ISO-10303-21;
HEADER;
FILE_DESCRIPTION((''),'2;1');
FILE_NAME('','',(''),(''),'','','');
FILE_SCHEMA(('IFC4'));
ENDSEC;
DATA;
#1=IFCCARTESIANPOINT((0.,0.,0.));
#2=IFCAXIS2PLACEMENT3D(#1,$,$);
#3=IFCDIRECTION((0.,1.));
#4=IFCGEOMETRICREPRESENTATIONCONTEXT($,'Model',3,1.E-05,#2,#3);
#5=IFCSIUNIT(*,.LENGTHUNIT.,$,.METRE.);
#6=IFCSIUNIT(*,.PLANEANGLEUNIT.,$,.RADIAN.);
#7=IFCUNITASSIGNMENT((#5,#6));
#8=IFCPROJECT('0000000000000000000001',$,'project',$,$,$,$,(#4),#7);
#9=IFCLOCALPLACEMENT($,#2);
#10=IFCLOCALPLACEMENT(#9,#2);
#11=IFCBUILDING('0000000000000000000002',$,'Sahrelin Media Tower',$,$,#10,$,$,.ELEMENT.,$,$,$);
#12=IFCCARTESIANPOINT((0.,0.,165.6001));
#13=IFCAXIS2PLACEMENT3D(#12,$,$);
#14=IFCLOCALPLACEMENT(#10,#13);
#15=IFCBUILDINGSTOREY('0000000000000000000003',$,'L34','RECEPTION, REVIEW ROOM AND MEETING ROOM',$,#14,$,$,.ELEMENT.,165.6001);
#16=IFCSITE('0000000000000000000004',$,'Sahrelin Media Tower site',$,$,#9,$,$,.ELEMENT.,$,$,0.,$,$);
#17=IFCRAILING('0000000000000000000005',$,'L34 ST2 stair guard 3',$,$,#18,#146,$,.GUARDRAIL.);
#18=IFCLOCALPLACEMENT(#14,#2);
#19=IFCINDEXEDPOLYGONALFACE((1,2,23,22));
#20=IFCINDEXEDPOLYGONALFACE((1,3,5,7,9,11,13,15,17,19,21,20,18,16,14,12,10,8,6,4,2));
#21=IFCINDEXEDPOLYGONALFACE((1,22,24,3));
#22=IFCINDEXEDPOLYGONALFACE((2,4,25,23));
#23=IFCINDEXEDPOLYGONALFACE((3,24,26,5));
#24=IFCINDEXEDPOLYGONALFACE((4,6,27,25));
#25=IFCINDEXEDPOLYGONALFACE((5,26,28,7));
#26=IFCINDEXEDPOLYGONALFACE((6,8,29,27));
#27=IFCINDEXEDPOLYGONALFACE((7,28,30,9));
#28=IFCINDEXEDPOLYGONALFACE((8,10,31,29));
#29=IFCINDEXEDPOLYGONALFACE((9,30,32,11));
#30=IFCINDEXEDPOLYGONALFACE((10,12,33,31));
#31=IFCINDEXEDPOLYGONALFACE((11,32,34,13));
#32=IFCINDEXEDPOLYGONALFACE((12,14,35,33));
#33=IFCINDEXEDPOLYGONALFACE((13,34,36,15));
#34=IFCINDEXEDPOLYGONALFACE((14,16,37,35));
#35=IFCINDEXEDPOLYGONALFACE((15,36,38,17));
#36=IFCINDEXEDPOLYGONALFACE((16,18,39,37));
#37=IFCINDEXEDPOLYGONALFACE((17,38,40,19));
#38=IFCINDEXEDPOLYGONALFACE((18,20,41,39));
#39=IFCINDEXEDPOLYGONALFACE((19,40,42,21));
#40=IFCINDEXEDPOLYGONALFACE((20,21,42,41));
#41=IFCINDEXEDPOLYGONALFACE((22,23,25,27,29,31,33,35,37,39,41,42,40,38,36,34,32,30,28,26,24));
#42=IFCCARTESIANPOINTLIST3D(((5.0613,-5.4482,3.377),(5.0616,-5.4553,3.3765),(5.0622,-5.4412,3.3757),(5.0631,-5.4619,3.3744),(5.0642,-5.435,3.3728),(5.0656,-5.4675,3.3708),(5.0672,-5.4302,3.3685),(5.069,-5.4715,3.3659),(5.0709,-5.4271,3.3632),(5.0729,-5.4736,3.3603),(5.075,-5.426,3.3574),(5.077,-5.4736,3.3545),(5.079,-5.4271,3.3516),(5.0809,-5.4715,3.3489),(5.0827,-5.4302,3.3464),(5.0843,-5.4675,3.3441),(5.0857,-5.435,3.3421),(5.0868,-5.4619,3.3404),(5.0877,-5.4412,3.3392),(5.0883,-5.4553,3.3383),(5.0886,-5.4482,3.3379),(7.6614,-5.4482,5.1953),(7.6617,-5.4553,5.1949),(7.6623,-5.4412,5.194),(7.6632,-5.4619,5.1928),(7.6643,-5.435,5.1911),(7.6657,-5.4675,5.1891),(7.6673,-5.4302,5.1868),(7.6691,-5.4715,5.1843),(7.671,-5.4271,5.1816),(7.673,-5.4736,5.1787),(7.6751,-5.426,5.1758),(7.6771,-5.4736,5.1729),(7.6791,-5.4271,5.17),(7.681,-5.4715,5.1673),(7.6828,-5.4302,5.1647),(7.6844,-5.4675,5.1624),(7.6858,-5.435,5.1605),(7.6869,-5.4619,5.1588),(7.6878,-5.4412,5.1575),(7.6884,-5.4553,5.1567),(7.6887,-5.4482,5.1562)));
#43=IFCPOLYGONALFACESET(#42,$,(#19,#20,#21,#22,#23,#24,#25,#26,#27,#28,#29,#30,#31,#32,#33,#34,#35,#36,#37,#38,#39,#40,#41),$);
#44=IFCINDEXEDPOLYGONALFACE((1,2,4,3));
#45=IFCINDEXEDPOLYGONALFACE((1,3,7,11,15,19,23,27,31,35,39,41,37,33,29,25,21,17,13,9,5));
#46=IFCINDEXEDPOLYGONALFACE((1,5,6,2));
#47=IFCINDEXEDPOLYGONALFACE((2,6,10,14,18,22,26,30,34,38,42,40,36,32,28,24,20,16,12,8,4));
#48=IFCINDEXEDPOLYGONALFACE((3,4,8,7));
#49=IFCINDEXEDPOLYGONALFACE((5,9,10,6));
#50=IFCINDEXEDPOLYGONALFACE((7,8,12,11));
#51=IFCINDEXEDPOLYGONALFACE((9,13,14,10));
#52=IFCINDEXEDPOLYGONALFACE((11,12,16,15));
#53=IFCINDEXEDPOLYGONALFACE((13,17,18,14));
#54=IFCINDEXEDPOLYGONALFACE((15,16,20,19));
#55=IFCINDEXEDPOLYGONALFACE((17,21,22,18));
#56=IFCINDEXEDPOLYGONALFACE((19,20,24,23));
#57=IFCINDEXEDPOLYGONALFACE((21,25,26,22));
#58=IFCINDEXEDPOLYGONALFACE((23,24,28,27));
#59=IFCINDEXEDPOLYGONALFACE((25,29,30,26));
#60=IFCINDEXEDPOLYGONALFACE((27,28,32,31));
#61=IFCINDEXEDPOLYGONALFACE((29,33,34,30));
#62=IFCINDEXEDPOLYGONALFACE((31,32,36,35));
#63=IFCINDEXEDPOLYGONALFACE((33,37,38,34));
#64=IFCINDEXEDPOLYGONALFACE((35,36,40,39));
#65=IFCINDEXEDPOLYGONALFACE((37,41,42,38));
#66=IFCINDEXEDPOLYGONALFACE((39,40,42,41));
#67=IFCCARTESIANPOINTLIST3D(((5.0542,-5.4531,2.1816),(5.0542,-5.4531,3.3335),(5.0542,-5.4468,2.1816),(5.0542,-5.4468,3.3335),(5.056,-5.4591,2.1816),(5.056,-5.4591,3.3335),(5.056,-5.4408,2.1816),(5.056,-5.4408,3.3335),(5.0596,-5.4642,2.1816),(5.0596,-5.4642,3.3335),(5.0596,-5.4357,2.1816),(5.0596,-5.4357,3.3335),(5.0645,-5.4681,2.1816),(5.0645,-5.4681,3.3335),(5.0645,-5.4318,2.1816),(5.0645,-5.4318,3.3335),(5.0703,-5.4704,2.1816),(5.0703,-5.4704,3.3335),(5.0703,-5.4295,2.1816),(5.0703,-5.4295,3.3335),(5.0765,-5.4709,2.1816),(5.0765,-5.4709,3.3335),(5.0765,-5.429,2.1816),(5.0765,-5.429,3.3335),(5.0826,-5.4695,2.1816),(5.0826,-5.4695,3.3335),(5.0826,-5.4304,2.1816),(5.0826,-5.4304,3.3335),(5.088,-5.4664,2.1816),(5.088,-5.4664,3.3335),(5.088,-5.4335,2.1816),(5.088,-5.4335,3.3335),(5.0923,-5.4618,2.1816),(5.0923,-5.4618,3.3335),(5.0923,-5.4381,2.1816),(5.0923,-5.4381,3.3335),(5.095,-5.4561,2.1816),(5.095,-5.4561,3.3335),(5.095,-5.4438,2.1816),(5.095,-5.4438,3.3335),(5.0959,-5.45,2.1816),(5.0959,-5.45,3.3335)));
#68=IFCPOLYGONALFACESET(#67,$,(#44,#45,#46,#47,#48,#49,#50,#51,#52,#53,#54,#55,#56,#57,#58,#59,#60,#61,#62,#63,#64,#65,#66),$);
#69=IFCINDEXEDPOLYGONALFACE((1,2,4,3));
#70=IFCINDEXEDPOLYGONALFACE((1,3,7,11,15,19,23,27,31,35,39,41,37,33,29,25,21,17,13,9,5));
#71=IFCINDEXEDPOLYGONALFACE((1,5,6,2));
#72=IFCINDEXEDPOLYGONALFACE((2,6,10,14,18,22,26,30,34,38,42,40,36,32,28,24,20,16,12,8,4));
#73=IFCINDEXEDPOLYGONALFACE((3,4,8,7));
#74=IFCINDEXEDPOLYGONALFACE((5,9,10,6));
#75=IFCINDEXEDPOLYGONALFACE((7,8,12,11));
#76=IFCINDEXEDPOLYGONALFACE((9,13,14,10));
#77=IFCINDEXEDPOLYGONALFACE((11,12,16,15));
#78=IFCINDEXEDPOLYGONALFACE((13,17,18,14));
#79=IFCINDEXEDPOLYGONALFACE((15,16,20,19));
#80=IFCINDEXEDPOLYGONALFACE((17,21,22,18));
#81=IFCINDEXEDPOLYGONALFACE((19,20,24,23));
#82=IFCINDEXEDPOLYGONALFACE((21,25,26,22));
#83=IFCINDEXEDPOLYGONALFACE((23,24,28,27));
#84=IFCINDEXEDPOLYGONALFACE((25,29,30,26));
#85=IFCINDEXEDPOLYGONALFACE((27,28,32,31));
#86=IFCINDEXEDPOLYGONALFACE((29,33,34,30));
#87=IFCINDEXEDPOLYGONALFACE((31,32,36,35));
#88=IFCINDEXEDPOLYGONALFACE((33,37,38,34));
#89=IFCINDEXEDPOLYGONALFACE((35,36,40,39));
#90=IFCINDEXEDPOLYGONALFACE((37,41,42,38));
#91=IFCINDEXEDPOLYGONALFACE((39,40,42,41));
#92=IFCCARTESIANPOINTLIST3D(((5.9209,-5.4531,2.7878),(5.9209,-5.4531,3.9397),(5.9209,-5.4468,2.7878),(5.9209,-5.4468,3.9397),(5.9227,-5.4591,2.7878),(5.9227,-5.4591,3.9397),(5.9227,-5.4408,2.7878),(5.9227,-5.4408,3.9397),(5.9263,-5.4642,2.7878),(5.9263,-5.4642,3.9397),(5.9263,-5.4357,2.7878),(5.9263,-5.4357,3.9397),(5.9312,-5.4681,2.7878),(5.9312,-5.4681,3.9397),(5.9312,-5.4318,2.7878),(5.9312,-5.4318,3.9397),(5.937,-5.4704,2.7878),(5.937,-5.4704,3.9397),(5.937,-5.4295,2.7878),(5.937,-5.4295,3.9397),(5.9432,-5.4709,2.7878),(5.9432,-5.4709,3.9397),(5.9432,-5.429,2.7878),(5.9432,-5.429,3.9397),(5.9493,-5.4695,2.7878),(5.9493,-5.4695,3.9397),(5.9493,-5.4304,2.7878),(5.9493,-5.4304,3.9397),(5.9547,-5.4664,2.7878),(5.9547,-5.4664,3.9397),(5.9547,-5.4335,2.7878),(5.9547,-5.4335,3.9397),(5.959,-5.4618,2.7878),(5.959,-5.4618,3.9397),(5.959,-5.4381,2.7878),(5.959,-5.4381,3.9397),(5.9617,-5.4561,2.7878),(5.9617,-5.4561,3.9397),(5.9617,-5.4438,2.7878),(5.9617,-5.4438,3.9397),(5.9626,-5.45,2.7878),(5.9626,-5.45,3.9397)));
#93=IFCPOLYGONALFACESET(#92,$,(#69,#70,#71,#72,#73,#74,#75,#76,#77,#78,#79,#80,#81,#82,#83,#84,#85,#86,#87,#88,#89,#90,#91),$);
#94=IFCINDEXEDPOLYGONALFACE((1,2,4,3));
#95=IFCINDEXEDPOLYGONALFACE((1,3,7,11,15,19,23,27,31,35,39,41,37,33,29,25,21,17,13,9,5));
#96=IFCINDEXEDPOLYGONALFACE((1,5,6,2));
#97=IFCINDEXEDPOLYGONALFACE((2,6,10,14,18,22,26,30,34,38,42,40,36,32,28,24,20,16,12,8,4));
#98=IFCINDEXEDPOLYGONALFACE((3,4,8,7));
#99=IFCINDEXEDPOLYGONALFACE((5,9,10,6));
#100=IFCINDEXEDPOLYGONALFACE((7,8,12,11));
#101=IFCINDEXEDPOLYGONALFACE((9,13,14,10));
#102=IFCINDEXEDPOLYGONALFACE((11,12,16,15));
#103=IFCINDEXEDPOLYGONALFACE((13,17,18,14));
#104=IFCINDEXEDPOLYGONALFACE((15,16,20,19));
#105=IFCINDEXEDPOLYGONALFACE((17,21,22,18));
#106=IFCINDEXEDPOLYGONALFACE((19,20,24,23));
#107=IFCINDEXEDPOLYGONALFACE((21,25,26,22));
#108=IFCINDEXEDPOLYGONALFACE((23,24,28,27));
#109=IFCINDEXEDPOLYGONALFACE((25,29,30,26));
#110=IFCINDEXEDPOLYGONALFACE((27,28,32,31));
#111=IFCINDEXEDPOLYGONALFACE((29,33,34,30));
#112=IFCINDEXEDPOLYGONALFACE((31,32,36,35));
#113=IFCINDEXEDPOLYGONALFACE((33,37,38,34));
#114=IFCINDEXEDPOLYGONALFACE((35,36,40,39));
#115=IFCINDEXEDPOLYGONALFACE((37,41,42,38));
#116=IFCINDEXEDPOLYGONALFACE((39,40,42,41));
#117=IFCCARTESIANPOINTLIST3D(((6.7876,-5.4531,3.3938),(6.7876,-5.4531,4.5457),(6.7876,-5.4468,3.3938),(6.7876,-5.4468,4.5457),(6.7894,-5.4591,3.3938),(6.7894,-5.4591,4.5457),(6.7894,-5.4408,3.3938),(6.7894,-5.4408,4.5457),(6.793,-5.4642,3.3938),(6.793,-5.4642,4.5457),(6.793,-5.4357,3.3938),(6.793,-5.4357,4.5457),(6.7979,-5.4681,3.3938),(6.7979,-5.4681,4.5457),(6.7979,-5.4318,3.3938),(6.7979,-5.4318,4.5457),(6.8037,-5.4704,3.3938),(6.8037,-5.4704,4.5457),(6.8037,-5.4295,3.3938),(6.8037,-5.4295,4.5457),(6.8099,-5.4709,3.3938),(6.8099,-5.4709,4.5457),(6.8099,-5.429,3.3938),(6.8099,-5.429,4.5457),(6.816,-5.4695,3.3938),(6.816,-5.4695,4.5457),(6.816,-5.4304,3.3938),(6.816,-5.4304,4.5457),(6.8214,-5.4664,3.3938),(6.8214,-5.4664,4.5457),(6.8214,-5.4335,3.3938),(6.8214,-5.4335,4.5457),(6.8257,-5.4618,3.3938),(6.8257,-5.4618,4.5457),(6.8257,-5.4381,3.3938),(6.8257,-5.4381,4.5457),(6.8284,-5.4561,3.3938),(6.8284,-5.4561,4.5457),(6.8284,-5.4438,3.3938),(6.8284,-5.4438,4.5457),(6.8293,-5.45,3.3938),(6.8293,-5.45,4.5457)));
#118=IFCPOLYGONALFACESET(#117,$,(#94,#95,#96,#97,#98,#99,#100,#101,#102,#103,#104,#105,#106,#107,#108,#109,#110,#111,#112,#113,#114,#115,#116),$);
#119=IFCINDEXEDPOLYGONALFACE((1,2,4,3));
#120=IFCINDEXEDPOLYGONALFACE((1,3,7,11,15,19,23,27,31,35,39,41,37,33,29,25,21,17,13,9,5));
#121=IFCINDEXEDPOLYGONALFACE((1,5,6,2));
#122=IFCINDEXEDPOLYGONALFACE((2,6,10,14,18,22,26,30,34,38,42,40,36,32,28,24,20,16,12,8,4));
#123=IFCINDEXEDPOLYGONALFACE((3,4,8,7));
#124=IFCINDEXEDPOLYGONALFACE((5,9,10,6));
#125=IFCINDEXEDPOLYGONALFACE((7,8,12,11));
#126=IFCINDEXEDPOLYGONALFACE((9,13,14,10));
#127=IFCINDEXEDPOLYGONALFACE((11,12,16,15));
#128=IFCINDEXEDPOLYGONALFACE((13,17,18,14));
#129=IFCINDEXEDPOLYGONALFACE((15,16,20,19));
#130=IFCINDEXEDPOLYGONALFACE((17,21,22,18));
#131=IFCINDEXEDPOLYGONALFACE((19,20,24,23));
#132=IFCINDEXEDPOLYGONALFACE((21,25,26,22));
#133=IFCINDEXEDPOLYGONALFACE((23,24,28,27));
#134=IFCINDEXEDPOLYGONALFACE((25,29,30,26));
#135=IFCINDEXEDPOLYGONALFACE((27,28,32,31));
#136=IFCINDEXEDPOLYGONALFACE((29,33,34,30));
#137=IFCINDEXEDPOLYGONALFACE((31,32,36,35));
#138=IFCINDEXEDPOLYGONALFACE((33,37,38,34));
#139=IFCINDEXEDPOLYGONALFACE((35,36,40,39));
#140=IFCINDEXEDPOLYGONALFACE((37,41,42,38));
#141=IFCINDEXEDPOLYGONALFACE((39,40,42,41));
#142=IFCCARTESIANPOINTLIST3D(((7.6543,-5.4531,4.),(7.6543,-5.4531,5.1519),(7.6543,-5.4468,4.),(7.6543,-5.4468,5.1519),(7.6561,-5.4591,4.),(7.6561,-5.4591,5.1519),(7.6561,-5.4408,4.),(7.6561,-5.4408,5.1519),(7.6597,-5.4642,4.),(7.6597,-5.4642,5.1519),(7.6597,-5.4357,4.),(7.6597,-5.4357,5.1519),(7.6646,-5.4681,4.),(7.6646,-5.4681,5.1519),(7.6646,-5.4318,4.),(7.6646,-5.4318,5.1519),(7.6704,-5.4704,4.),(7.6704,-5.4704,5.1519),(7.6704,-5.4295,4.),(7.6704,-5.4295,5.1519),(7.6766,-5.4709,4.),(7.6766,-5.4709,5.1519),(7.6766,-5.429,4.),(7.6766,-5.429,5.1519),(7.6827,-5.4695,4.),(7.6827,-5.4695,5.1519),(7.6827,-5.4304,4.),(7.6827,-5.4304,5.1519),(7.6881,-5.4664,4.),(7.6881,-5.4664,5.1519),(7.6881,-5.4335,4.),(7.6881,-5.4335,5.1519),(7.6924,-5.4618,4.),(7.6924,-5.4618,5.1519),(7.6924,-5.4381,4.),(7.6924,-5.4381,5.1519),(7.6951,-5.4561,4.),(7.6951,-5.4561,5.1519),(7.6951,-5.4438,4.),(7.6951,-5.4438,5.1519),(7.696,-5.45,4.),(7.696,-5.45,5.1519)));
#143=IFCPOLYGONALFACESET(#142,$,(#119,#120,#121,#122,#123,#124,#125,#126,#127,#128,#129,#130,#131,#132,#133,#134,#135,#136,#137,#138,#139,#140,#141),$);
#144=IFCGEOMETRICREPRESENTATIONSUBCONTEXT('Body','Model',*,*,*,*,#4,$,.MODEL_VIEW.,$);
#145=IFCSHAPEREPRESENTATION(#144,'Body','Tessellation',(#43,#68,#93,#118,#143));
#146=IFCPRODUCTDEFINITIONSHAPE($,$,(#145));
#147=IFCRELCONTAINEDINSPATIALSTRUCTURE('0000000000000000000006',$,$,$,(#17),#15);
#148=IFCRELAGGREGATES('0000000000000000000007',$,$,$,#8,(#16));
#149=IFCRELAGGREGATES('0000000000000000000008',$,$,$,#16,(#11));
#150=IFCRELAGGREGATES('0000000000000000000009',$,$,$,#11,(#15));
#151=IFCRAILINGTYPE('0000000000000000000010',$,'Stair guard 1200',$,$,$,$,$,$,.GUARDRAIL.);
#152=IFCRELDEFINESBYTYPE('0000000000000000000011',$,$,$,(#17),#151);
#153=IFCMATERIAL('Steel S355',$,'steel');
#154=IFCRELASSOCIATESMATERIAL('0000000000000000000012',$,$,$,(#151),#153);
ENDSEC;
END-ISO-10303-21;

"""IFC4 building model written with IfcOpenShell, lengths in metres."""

from ifc_helpers import new_model, si_unit, direction, frame, origin, origin_2d, place, context, subcontext, project, spatial, circle, extrude, material, type_object, element, save


model = new_model("IFC4")

# Units and contexts
model_context = context("Model", 3, precision=1e-05, world=origin(), true_north=direction((0.0, 1.0)))
body_context = subcontext(model_context, "Body", "Model", "MODEL_VIEW")
ifc_project = project(units=[si_unit("LENGTHUNIT", "METRE"), si_unit("PLANEANGLEUNIT", "RADIAN")], contexts=[model_context])

# Site, building, storey
site_placement = place(None, origin())
site = spatial("IfcSite", under=ifc_project, at=site_placement, Name="Sahrelin Media Tower site", CompositionType="ELEMENT", RefElevation=0.0)
building_placement = place(site_placement, origin())
building = spatial("IfcBuilding", under=site, at=building_placement, Name="Sahrelin Media Tower", CompositionType="ELEMENT")
storey_placement = place(building_placement, frame((0.0, 0.0, 165.6001)))
storey = spatial("IfcBuildingStorey", under=building, at=storey_placement, Name="L34", Description="RECEPTION, REVIEW ROOM AND MEETING ROOM", CompositionType="ELEMENT", Elevation=165.6001)

# Shared definitions
ifc_material_1 = material(Name="Steel S355", Category="steel")

# Railing
railing_type_1 = type_object("IfcRailingType", Name="Stair guard 1200", PredefinedType="GUARDRAIL", material=ifc_material_1)
railing_1_placement = place(storey_placement, frame((5.075, -5.45, 2.1816)))
element("IfcRailing", 1, at=railing_1_placement, inside=storey, type_object=railing_type_1, Name="L34 ST2 stair guard 3", PredefinedType="GUARDRAIL", context=body_context, shape_type="SweptSolid", body=[
    extrude(circle(Radius=0.0239, at=origin_2d()), frame((0.0, 0.0, 1.1758), z_axis=(0.819485, 0.0, 0.573101), x_axis=(0.0, 1.0, 0.0)), (0.0, 0.0, 1.0), 3.1729),
    extrude(circle(Radius=0.021, at=origin_2d()), origin(), (0.0, 0.0, 1.0), 1.1519),
    extrude(circle(Radius=0.021, at=origin_2d()), frame((0.8667, 0.0, 0.6062)), (0.0, 0.0, 1.0), 1.1519),
    extrude(circle(Radius=0.021, at=origin_2d()), frame((1.7334, 0.0, 1.2122)), (0.0, 0.0, 1.0), 1.1519),
    extrude(circle(Radius=0.021, at=origin_2d()), frame((2.6001, 0.0, 1.8184)), (0.0, 0.0, 1.0), 1.1519),
])

save(model, "model.ifc")
